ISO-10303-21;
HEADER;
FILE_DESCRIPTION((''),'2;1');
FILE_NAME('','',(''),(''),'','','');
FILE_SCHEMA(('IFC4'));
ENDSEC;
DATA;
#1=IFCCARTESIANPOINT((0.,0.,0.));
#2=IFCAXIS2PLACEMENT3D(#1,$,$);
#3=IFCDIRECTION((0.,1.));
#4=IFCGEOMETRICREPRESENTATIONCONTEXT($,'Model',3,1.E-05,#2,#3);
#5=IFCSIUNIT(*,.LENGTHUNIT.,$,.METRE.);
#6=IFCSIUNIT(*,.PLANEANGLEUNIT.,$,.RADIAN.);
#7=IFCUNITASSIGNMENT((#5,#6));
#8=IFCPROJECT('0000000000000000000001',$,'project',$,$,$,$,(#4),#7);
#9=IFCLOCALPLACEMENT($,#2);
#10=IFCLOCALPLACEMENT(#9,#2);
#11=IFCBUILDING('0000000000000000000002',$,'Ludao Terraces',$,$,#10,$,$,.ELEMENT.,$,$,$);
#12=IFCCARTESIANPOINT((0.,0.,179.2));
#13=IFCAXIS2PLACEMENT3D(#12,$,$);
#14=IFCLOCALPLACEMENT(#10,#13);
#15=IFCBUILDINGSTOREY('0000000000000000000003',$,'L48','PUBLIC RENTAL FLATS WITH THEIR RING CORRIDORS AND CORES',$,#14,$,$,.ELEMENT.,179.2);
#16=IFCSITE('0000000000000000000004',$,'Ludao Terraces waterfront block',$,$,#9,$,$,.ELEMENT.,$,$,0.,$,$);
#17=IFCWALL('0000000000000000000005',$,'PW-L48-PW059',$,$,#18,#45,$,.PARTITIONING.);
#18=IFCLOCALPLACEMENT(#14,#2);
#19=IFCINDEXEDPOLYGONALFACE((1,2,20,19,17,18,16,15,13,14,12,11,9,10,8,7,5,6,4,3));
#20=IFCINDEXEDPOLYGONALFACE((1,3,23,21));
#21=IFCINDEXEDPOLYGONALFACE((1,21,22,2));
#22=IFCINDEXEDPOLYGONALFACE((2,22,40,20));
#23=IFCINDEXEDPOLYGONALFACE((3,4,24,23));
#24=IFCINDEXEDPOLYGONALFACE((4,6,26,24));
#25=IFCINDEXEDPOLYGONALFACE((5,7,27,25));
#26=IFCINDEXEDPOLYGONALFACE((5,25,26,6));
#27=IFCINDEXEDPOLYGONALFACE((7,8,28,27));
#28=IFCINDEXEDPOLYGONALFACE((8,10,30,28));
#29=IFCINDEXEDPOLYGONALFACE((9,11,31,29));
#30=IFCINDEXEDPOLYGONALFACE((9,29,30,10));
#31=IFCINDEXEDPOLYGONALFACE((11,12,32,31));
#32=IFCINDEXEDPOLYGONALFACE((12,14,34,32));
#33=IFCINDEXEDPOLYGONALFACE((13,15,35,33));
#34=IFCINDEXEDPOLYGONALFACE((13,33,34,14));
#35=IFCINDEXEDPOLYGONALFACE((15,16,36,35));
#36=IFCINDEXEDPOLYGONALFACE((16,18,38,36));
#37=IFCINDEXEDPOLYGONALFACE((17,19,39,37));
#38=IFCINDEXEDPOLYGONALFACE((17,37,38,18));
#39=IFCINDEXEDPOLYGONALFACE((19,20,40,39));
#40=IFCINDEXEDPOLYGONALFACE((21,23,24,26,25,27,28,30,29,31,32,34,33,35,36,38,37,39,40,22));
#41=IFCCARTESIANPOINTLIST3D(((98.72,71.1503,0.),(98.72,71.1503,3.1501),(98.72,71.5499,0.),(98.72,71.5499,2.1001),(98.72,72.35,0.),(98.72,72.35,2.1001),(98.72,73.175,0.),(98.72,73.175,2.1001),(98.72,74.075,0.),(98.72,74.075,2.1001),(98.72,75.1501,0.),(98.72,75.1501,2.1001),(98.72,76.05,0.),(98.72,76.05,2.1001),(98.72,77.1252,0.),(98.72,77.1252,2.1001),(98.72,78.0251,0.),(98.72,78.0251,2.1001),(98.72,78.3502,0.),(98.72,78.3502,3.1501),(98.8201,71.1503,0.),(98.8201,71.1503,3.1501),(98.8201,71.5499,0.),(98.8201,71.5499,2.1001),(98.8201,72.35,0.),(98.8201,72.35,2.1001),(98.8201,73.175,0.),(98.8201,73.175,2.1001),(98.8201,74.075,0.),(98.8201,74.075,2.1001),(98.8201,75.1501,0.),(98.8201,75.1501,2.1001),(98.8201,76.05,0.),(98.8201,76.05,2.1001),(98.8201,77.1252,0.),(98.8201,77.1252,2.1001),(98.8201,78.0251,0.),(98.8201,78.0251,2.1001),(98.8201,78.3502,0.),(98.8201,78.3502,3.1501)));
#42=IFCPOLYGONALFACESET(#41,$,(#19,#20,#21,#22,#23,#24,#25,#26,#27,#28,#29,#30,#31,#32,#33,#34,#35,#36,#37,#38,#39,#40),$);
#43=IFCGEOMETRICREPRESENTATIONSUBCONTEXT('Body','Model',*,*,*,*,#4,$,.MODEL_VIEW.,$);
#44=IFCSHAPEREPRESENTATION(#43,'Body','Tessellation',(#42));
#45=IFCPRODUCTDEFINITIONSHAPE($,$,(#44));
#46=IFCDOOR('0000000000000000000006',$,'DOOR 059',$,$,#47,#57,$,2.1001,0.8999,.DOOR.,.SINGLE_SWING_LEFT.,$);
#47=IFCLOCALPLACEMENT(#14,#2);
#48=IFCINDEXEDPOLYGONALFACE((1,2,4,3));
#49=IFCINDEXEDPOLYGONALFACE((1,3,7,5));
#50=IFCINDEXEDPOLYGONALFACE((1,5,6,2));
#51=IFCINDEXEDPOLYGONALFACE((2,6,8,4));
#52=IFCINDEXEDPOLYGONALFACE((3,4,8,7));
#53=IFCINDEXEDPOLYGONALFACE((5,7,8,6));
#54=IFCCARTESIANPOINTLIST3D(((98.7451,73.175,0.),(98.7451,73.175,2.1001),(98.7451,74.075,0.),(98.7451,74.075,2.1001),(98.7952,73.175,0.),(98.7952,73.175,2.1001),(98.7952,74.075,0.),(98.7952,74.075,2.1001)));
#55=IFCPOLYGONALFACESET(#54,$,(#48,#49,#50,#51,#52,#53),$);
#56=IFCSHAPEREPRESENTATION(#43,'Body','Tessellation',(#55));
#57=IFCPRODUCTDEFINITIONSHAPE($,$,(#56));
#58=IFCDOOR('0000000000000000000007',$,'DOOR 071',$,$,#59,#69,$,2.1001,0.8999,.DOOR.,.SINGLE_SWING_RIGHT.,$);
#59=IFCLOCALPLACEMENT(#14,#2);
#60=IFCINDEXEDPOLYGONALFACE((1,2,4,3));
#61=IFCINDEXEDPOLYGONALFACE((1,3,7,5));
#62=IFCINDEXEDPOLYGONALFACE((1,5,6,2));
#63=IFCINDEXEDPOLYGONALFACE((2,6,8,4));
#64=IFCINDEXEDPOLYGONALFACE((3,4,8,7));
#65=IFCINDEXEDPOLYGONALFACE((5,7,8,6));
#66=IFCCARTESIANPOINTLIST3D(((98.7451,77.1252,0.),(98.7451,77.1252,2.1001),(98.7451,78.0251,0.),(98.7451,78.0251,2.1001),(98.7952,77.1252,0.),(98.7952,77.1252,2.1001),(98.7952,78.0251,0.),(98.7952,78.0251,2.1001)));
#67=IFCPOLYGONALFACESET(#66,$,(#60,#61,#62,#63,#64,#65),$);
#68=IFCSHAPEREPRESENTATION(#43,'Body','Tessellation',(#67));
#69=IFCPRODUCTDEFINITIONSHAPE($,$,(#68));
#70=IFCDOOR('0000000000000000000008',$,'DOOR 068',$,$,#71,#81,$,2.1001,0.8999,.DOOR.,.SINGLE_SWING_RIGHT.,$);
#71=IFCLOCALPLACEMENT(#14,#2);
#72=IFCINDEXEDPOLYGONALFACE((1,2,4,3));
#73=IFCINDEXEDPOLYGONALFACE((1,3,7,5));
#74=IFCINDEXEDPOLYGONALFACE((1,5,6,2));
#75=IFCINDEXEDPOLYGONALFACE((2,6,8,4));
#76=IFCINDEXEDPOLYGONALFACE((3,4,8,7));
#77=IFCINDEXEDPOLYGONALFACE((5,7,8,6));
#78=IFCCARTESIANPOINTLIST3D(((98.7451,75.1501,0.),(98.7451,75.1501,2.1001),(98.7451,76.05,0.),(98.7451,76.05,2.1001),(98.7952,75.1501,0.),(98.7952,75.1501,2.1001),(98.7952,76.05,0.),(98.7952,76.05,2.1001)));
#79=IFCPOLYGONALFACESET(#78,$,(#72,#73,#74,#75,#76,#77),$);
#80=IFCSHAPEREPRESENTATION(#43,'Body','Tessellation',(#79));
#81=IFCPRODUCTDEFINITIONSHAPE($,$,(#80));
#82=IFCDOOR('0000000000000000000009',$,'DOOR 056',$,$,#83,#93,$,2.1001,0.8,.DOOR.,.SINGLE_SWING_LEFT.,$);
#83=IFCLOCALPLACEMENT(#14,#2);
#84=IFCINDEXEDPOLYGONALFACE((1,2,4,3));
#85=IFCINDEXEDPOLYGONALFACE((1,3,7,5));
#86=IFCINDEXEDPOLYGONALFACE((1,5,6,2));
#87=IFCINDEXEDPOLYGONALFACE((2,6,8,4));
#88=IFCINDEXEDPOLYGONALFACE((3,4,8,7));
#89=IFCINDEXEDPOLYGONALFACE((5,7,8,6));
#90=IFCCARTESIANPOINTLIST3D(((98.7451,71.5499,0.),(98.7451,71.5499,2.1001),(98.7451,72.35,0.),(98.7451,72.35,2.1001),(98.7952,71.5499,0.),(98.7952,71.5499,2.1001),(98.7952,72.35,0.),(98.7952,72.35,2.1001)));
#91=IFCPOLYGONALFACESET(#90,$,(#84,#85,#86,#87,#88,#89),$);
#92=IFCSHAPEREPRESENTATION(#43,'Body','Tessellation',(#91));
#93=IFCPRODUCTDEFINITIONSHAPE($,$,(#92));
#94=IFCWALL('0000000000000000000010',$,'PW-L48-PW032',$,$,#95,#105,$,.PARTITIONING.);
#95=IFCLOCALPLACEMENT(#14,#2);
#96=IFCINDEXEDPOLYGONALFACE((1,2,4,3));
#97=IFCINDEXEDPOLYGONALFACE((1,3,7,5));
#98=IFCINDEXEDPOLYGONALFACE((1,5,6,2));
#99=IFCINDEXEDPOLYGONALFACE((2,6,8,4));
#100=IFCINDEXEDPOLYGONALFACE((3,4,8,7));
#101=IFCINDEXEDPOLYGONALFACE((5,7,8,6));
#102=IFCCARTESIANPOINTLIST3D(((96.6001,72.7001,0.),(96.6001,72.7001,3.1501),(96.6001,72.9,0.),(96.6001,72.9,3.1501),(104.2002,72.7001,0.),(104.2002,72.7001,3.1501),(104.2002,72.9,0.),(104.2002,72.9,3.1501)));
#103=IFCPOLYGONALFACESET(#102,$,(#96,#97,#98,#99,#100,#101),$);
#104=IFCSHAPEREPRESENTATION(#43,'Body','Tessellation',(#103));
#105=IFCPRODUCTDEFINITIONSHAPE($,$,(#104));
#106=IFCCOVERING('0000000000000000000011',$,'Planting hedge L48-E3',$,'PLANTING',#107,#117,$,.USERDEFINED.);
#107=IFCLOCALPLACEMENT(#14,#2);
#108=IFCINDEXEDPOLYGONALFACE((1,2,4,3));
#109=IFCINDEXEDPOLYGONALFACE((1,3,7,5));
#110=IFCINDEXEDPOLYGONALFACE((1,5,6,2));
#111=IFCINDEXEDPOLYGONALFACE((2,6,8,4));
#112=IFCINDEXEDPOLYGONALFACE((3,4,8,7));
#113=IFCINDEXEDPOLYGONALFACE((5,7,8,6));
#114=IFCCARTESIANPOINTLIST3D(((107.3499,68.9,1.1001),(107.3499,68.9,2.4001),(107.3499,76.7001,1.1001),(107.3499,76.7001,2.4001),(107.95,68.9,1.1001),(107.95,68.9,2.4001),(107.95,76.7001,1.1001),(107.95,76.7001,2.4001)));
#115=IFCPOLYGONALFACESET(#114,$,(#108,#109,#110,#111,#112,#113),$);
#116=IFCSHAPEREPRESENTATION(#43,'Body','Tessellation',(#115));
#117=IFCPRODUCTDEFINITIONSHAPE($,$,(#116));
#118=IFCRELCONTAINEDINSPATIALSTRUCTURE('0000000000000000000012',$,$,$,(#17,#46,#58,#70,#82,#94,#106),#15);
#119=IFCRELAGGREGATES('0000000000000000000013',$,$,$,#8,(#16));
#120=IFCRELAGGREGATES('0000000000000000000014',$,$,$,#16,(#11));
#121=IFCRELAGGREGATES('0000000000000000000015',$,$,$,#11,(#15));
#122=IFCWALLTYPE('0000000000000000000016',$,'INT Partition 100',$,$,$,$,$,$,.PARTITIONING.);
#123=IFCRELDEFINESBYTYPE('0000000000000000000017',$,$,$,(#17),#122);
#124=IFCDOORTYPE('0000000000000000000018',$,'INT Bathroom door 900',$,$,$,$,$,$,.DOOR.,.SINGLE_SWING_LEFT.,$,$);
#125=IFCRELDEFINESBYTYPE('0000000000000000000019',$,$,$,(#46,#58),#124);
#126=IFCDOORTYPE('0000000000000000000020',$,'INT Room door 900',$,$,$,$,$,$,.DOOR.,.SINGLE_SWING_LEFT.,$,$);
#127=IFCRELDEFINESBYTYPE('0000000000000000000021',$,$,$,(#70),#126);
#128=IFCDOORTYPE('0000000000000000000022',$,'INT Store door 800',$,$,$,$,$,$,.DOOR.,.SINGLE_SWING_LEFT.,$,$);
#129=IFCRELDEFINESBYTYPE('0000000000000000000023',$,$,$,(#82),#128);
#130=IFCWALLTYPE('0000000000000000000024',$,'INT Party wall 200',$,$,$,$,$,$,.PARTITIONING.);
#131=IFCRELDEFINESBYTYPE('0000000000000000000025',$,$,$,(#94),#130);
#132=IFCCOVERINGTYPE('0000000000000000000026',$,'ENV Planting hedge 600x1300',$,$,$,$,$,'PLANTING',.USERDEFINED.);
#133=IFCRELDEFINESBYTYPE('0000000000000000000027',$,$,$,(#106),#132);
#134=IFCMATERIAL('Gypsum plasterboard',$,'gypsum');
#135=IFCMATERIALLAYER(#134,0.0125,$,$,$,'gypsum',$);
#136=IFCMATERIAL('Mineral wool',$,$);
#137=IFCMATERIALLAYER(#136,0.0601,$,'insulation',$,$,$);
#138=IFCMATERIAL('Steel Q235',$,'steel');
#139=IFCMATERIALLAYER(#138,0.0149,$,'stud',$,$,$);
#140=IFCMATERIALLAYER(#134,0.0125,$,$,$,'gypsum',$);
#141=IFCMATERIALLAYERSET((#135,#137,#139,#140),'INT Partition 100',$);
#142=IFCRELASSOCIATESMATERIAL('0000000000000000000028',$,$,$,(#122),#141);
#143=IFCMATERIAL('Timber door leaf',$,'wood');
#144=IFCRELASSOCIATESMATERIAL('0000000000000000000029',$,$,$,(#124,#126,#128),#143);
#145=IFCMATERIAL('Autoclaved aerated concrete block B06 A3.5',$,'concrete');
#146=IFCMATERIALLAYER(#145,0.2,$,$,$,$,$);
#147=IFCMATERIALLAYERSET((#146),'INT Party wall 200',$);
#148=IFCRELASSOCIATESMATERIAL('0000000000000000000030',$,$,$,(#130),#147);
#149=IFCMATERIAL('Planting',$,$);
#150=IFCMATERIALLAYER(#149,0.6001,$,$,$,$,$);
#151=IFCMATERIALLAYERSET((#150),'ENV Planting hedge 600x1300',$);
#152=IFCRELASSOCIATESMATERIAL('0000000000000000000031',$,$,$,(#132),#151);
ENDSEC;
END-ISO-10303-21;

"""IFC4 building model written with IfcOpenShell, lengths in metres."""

from ifc_helpers import new_model, si_unit, direction, frame, frame_2d, origin, origin_2d, place, context, subcontext, project, spatial, rectangle, extrude, material, layer, layer_set, type_object, element, fill, save


model = new_model("IFC4")

# Units and contexts
model_context = context("Model", 3, precision=1e-05, world=origin(), true_north=direction((0.0, 1.0)))
body_context = subcontext(model_context, "Body", "Model", "MODEL_VIEW")
ifc_project = project(units=[si_unit("LENGTHUNIT", "METRE"), si_unit("PLANEANGLEUNIT", "RADIAN")], contexts=[model_context])

# Site, building, storey
site_placement = place(None, origin())
site = spatial("IfcSite", under=ifc_project, at=site_placement, Name="Ludao Terraces waterfront block", CompositionType="ELEMENT", RefElevation=0.0)
building_placement = place(site_placement, origin())
building = spatial("IfcBuilding", under=site, at=building_placement, Name="Ludao Terraces", CompositionType="ELEMENT")
storey_placement = place(building_placement, frame((0.0, 0.0, 179.2)))
storey = spatial("IfcBuildingStorey", under=building, at=storey_placement, Name="L48", Description="PUBLIC RENTAL FLATS WITH THEIR RING CORRIDORS AND CORES", CompositionType="ELEMENT", Elevation=179.2)

# Shared definitions
ifc_material_1 = material(Name="Mineral wool")

# Shared definitions
ifc_material_2 = material(Name="Gypsum plasterboard", Category="gypsum")
ifc_layer_1 = layer(ifc_material_2, 0.0125, Category="gypsum")
ifc_layer_2 = layer(ifc_material_1, 0.0601, Name="insulation")
ifc_material_3 = material(Name="Steel Q235", Category="steel")
ifc_layer_3 = layer(ifc_material_3, 0.0149, Name="stud")
ifc_layer_4 = layer(ifc_material_2, 0.0125, Category="gypsum")
ifc_layer_set_1 = layer_set([ifc_layer_1, ifc_layer_2, ifc_layer_3, ifc_layer_4], Name="INT Partition 100")
wall_type_1 = type_object("IfcWallType", Name="INT Partition 100", PredefinedType="PARTITIONING", material=ifc_layer_set_1)

# Wall, openings, doors
wall_1_placement = place(storey_placement, frame((98.77, 71.1501, 0.0), z_axis=(0.0, 0.0, 1.0), x_axis=(0.0, 1.0, 0.0)))
wall_1 = element("IfcWall", 1, at=wall_1_placement, inside=storey, type_object=wall_type_1, Name="PW-L48-PW059", PredefinedType="PARTITIONING", context=body_context, shape_type="SweptSolid", body=[
    extrude(rectangle(XDim=7.2, YDim=0.1001, at=frame_2d((3.6001, 0.0))), origin(), (0.0, 0.0, 1.0), 3.1501),
])
opening_1_placement = place(wall_1_placement, frame((0.3999, 0.0, 0.0)))
opening_1 = element("IfcOpeningElement", 2, at=opening_1_placement, cuts=wall_1, PredefinedType="OPENING", context=body_context, shape_type="SweptSolid", body=[
    extrude(rectangle(XDim=0.8, YDim=2.1001, at=frame_2d((0.3999, 1.05))), frame((0.0, 0.0601, 0.0), z_axis=(0.0, -1.0, 0.0), x_axis=(1.0, 0.0, 0.0)), (0.0, 0.0, 1.0), 0.1201),
])
opening_2_placement = place(wall_1_placement, frame((2.0249, 0.0, 0.0)))
opening_2 = element("IfcOpeningElement", 3, at=opening_2_placement, cuts=wall_1, PredefinedType="OPENING", context=body_context, shape_type="SweptSolid", body=[
    extrude(rectangle(XDim=0.8999, YDim=2.1001, at=frame_2d((0.45, 1.05))), frame((0.0, 0.0601, 0.0), z_axis=(0.0, -1.0, 0.0), x_axis=(1.0, 0.0, 0.0)), (0.0, 0.0, 1.0), 0.1201),
])
opening_3_placement = place(wall_1_placement, frame((4.0, 0.0, 0.0)))
opening_3 = element("IfcOpeningElement", 4, at=opening_3_placement, cuts=wall_1, PredefinedType="OPENING", context=body_context, shape_type="SweptSolid", body=[
    extrude(rectangle(XDim=0.8999, YDim=2.1001, at=frame_2d((0.45, 1.05))), frame((0.0, 0.0601, 0.0), z_axis=(0.0, -1.0, 0.0), x_axis=(1.0, 0.0, 0.0)), (0.0, 0.0, 1.0), 0.1201),
])
opening_4_placement = place(wall_1_placement, frame((5.9751, 0.0, 0.0)))
opening_4 = element("IfcOpeningElement", 5, at=opening_4_placement, cuts=wall_1, PredefinedType="OPENING", context=body_context, shape_type="SweptSolid", body=[
    extrude(rectangle(XDim=0.8999, YDim=2.1001, at=frame_2d((0.45, 1.05))), frame((0.0, 0.0601, 0.0), z_axis=(0.0, -1.0, 0.0), x_axis=(1.0, 0.0, 0.0)), (0.0, 0.0, 1.0), 0.1201),
])
ifc_material_4 = material(Name="Timber door leaf", Category="wood")
door_type_1 = type_object("IfcDoorType", Name="INT Bathroom door 900", OperationType="SINGLE_SWING_LEFT", PredefinedType="DOOR", material=ifc_material_4)
door_1_placement = place(opening_2_placement, origin())
door_1 = element("IfcDoor", 6, at=door_1_placement, inside=storey, type_object=door_type_1, Name="DOOR 059", OperationType="SINGLE_SWING_LEFT", OverallHeight=2.1001, OverallWidth=0.8999, PredefinedType="DOOR", context=body_context, shape_type="SweptSolid", body=[
    extrude(rectangle(XDim=0.8999, YDim=2.1001, at=frame_2d((0.45, 1.05))), frame((0.0, 0.0249, 0.0), z_axis=(0.0, -1.0, 0.0), x_axis=(1.0, 0.0, 0.0)), (0.0, 0.0, 1.0), 0.05),
])
fill(opening_2, door_1)
door_2_placement = place(opening_4_placement, origin())
door_2 = element("IfcDoor", 7, at=door_2_placement, inside=storey, type_object=door_type_1, Name="DOOR 071", OperationType="SINGLE_SWING_RIGHT", OverallHeight=2.1001, OverallWidth=0.8999, PredefinedType="DOOR", context=body_context, shape_type="SweptSolid", body=[
    extrude(rectangle(XDim=0.8999, YDim=2.1001, at=frame_2d((0.45, 1.05))), frame((0.0, 0.0249, 0.0), z_axis=(0.0, -1.0, 0.0), x_axis=(1.0, 0.0, 0.0)), (0.0, 0.0, 1.0), 0.05),
])
fill(opening_4, door_2)
door_type_2 = type_object("IfcDoorType", Name="INT Room door 900", OperationType="SINGLE_SWING_LEFT", PredefinedType="DOOR", material=ifc_material_4)
door_3_placement = place(opening_3_placement, origin())
door_3 = element("IfcDoor", 8, at=door_3_placement, inside=storey, type_object=door_type_2, Name="DOOR 068", OperationType="SINGLE_SWING_RIGHT", OverallHeight=2.1001, OverallWidth=0.8999, PredefinedType="DOOR", context=body_context, shape_type="SweptSolid", body=[
    extrude(rectangle(XDim=0.8999, YDim=2.1001, at=frame_2d((0.45, 1.05))), frame((0.0, 0.0249, 0.0), z_axis=(0.0, -1.0, 0.0), x_axis=(1.0, 0.0, 0.0)), (0.0, 0.0, 1.0), 0.05),
])
fill(opening_3, door_3)
door_type_3 = type_object("IfcDoorType", Name="INT Store door 800", OperationType="SINGLE_SWING_LEFT", PredefinedType="DOOR", material=ifc_material_4)
door_4_placement = place(opening_1_placement, origin())
door_4 = element("IfcDoor", 9, at=door_4_placement, inside=storey, type_object=door_type_3, Name="DOOR 056", OperationType="SINGLE_SWING_LEFT", OverallHeight=2.1001, OverallWidth=0.8, PredefinedType="DOOR", context=body_context, shape_type="SweptSolid", body=[
    extrude(rectangle(XDim=0.8, YDim=2.1001, at=frame_2d((0.3999, 1.05))), frame((0.0, 0.0249, 0.0), z_axis=(0.0, -1.0, 0.0), x_axis=(1.0, 0.0, 0.0)), (0.0, 0.0, 1.0), 0.05),
])
fill(opening_1, door_4)

# Wall
ifc_material_5 = material(Name="Autoclaved aerated concrete block B06 A3.5", Category="concrete")
ifc_layer_5 = layer(ifc_material_5, 0.2)
ifc_layer_set_2 = layer_set([ifc_layer_5], Name="INT Party wall 200")
wall_type_2 = type_object("IfcWallType", Name="INT Party wall 200", PredefinedType="PARTITIONING", material=ifc_layer_set_2)
wall_2_placement = place(storey_placement, frame((96.6001, 72.8, 0.0), z_axis=(0.0, 0.0, 1.0), x_axis=(1.0, 0.0, 0.0)))
element("IfcWall", 10, at=wall_2_placement, inside=storey, type_object=wall_type_2, Name="PW-L48-PW032", PredefinedType="PARTITIONING", context=body_context, shape_type="SweptSolid", body=[
    extrude(rectangle(XDim=7.6001, YDim=0.2, at=frame_2d((3.8, 0.0))), origin(), (0.0, 0.0, 1.0), 3.1501),
])

# Covering
ifc_material_6 = material(Name="Planting")
ifc_layer_6 = layer(ifc_material_6, 0.6001)
ifc_layer_set_3 = layer_set([ifc_layer_6], Name="ENV Planting hedge 600x1300")
covering_type = type_object("IfcCoveringType", Name="ENV Planting hedge 600x1300", ElementType="PLANTING", PredefinedType="USERDEFINED", material=ifc_layer_set_3)
covering_placement = place(storey_placement, frame((107.6499, 72.8, 1.1001), z_axis=(0.0, 0.0, 1.0), x_axis=(1.0, 0.0, 0.0)))
element("IfcCovering", 11, at=covering_placement, inside=storey, type_object=covering_type, Name="Planting hedge L48-E3", ObjectType="PLANTING", PredefinedType="USERDEFINED", context=body_context, shape_type="SweptSolid", body=[
    extrude(rectangle(XDim=0.6001, YDim=7.8, at=origin_2d()), origin(), (0.0, 0.0, 1.0), 1.3),
])

save(model, "model.ifc")
